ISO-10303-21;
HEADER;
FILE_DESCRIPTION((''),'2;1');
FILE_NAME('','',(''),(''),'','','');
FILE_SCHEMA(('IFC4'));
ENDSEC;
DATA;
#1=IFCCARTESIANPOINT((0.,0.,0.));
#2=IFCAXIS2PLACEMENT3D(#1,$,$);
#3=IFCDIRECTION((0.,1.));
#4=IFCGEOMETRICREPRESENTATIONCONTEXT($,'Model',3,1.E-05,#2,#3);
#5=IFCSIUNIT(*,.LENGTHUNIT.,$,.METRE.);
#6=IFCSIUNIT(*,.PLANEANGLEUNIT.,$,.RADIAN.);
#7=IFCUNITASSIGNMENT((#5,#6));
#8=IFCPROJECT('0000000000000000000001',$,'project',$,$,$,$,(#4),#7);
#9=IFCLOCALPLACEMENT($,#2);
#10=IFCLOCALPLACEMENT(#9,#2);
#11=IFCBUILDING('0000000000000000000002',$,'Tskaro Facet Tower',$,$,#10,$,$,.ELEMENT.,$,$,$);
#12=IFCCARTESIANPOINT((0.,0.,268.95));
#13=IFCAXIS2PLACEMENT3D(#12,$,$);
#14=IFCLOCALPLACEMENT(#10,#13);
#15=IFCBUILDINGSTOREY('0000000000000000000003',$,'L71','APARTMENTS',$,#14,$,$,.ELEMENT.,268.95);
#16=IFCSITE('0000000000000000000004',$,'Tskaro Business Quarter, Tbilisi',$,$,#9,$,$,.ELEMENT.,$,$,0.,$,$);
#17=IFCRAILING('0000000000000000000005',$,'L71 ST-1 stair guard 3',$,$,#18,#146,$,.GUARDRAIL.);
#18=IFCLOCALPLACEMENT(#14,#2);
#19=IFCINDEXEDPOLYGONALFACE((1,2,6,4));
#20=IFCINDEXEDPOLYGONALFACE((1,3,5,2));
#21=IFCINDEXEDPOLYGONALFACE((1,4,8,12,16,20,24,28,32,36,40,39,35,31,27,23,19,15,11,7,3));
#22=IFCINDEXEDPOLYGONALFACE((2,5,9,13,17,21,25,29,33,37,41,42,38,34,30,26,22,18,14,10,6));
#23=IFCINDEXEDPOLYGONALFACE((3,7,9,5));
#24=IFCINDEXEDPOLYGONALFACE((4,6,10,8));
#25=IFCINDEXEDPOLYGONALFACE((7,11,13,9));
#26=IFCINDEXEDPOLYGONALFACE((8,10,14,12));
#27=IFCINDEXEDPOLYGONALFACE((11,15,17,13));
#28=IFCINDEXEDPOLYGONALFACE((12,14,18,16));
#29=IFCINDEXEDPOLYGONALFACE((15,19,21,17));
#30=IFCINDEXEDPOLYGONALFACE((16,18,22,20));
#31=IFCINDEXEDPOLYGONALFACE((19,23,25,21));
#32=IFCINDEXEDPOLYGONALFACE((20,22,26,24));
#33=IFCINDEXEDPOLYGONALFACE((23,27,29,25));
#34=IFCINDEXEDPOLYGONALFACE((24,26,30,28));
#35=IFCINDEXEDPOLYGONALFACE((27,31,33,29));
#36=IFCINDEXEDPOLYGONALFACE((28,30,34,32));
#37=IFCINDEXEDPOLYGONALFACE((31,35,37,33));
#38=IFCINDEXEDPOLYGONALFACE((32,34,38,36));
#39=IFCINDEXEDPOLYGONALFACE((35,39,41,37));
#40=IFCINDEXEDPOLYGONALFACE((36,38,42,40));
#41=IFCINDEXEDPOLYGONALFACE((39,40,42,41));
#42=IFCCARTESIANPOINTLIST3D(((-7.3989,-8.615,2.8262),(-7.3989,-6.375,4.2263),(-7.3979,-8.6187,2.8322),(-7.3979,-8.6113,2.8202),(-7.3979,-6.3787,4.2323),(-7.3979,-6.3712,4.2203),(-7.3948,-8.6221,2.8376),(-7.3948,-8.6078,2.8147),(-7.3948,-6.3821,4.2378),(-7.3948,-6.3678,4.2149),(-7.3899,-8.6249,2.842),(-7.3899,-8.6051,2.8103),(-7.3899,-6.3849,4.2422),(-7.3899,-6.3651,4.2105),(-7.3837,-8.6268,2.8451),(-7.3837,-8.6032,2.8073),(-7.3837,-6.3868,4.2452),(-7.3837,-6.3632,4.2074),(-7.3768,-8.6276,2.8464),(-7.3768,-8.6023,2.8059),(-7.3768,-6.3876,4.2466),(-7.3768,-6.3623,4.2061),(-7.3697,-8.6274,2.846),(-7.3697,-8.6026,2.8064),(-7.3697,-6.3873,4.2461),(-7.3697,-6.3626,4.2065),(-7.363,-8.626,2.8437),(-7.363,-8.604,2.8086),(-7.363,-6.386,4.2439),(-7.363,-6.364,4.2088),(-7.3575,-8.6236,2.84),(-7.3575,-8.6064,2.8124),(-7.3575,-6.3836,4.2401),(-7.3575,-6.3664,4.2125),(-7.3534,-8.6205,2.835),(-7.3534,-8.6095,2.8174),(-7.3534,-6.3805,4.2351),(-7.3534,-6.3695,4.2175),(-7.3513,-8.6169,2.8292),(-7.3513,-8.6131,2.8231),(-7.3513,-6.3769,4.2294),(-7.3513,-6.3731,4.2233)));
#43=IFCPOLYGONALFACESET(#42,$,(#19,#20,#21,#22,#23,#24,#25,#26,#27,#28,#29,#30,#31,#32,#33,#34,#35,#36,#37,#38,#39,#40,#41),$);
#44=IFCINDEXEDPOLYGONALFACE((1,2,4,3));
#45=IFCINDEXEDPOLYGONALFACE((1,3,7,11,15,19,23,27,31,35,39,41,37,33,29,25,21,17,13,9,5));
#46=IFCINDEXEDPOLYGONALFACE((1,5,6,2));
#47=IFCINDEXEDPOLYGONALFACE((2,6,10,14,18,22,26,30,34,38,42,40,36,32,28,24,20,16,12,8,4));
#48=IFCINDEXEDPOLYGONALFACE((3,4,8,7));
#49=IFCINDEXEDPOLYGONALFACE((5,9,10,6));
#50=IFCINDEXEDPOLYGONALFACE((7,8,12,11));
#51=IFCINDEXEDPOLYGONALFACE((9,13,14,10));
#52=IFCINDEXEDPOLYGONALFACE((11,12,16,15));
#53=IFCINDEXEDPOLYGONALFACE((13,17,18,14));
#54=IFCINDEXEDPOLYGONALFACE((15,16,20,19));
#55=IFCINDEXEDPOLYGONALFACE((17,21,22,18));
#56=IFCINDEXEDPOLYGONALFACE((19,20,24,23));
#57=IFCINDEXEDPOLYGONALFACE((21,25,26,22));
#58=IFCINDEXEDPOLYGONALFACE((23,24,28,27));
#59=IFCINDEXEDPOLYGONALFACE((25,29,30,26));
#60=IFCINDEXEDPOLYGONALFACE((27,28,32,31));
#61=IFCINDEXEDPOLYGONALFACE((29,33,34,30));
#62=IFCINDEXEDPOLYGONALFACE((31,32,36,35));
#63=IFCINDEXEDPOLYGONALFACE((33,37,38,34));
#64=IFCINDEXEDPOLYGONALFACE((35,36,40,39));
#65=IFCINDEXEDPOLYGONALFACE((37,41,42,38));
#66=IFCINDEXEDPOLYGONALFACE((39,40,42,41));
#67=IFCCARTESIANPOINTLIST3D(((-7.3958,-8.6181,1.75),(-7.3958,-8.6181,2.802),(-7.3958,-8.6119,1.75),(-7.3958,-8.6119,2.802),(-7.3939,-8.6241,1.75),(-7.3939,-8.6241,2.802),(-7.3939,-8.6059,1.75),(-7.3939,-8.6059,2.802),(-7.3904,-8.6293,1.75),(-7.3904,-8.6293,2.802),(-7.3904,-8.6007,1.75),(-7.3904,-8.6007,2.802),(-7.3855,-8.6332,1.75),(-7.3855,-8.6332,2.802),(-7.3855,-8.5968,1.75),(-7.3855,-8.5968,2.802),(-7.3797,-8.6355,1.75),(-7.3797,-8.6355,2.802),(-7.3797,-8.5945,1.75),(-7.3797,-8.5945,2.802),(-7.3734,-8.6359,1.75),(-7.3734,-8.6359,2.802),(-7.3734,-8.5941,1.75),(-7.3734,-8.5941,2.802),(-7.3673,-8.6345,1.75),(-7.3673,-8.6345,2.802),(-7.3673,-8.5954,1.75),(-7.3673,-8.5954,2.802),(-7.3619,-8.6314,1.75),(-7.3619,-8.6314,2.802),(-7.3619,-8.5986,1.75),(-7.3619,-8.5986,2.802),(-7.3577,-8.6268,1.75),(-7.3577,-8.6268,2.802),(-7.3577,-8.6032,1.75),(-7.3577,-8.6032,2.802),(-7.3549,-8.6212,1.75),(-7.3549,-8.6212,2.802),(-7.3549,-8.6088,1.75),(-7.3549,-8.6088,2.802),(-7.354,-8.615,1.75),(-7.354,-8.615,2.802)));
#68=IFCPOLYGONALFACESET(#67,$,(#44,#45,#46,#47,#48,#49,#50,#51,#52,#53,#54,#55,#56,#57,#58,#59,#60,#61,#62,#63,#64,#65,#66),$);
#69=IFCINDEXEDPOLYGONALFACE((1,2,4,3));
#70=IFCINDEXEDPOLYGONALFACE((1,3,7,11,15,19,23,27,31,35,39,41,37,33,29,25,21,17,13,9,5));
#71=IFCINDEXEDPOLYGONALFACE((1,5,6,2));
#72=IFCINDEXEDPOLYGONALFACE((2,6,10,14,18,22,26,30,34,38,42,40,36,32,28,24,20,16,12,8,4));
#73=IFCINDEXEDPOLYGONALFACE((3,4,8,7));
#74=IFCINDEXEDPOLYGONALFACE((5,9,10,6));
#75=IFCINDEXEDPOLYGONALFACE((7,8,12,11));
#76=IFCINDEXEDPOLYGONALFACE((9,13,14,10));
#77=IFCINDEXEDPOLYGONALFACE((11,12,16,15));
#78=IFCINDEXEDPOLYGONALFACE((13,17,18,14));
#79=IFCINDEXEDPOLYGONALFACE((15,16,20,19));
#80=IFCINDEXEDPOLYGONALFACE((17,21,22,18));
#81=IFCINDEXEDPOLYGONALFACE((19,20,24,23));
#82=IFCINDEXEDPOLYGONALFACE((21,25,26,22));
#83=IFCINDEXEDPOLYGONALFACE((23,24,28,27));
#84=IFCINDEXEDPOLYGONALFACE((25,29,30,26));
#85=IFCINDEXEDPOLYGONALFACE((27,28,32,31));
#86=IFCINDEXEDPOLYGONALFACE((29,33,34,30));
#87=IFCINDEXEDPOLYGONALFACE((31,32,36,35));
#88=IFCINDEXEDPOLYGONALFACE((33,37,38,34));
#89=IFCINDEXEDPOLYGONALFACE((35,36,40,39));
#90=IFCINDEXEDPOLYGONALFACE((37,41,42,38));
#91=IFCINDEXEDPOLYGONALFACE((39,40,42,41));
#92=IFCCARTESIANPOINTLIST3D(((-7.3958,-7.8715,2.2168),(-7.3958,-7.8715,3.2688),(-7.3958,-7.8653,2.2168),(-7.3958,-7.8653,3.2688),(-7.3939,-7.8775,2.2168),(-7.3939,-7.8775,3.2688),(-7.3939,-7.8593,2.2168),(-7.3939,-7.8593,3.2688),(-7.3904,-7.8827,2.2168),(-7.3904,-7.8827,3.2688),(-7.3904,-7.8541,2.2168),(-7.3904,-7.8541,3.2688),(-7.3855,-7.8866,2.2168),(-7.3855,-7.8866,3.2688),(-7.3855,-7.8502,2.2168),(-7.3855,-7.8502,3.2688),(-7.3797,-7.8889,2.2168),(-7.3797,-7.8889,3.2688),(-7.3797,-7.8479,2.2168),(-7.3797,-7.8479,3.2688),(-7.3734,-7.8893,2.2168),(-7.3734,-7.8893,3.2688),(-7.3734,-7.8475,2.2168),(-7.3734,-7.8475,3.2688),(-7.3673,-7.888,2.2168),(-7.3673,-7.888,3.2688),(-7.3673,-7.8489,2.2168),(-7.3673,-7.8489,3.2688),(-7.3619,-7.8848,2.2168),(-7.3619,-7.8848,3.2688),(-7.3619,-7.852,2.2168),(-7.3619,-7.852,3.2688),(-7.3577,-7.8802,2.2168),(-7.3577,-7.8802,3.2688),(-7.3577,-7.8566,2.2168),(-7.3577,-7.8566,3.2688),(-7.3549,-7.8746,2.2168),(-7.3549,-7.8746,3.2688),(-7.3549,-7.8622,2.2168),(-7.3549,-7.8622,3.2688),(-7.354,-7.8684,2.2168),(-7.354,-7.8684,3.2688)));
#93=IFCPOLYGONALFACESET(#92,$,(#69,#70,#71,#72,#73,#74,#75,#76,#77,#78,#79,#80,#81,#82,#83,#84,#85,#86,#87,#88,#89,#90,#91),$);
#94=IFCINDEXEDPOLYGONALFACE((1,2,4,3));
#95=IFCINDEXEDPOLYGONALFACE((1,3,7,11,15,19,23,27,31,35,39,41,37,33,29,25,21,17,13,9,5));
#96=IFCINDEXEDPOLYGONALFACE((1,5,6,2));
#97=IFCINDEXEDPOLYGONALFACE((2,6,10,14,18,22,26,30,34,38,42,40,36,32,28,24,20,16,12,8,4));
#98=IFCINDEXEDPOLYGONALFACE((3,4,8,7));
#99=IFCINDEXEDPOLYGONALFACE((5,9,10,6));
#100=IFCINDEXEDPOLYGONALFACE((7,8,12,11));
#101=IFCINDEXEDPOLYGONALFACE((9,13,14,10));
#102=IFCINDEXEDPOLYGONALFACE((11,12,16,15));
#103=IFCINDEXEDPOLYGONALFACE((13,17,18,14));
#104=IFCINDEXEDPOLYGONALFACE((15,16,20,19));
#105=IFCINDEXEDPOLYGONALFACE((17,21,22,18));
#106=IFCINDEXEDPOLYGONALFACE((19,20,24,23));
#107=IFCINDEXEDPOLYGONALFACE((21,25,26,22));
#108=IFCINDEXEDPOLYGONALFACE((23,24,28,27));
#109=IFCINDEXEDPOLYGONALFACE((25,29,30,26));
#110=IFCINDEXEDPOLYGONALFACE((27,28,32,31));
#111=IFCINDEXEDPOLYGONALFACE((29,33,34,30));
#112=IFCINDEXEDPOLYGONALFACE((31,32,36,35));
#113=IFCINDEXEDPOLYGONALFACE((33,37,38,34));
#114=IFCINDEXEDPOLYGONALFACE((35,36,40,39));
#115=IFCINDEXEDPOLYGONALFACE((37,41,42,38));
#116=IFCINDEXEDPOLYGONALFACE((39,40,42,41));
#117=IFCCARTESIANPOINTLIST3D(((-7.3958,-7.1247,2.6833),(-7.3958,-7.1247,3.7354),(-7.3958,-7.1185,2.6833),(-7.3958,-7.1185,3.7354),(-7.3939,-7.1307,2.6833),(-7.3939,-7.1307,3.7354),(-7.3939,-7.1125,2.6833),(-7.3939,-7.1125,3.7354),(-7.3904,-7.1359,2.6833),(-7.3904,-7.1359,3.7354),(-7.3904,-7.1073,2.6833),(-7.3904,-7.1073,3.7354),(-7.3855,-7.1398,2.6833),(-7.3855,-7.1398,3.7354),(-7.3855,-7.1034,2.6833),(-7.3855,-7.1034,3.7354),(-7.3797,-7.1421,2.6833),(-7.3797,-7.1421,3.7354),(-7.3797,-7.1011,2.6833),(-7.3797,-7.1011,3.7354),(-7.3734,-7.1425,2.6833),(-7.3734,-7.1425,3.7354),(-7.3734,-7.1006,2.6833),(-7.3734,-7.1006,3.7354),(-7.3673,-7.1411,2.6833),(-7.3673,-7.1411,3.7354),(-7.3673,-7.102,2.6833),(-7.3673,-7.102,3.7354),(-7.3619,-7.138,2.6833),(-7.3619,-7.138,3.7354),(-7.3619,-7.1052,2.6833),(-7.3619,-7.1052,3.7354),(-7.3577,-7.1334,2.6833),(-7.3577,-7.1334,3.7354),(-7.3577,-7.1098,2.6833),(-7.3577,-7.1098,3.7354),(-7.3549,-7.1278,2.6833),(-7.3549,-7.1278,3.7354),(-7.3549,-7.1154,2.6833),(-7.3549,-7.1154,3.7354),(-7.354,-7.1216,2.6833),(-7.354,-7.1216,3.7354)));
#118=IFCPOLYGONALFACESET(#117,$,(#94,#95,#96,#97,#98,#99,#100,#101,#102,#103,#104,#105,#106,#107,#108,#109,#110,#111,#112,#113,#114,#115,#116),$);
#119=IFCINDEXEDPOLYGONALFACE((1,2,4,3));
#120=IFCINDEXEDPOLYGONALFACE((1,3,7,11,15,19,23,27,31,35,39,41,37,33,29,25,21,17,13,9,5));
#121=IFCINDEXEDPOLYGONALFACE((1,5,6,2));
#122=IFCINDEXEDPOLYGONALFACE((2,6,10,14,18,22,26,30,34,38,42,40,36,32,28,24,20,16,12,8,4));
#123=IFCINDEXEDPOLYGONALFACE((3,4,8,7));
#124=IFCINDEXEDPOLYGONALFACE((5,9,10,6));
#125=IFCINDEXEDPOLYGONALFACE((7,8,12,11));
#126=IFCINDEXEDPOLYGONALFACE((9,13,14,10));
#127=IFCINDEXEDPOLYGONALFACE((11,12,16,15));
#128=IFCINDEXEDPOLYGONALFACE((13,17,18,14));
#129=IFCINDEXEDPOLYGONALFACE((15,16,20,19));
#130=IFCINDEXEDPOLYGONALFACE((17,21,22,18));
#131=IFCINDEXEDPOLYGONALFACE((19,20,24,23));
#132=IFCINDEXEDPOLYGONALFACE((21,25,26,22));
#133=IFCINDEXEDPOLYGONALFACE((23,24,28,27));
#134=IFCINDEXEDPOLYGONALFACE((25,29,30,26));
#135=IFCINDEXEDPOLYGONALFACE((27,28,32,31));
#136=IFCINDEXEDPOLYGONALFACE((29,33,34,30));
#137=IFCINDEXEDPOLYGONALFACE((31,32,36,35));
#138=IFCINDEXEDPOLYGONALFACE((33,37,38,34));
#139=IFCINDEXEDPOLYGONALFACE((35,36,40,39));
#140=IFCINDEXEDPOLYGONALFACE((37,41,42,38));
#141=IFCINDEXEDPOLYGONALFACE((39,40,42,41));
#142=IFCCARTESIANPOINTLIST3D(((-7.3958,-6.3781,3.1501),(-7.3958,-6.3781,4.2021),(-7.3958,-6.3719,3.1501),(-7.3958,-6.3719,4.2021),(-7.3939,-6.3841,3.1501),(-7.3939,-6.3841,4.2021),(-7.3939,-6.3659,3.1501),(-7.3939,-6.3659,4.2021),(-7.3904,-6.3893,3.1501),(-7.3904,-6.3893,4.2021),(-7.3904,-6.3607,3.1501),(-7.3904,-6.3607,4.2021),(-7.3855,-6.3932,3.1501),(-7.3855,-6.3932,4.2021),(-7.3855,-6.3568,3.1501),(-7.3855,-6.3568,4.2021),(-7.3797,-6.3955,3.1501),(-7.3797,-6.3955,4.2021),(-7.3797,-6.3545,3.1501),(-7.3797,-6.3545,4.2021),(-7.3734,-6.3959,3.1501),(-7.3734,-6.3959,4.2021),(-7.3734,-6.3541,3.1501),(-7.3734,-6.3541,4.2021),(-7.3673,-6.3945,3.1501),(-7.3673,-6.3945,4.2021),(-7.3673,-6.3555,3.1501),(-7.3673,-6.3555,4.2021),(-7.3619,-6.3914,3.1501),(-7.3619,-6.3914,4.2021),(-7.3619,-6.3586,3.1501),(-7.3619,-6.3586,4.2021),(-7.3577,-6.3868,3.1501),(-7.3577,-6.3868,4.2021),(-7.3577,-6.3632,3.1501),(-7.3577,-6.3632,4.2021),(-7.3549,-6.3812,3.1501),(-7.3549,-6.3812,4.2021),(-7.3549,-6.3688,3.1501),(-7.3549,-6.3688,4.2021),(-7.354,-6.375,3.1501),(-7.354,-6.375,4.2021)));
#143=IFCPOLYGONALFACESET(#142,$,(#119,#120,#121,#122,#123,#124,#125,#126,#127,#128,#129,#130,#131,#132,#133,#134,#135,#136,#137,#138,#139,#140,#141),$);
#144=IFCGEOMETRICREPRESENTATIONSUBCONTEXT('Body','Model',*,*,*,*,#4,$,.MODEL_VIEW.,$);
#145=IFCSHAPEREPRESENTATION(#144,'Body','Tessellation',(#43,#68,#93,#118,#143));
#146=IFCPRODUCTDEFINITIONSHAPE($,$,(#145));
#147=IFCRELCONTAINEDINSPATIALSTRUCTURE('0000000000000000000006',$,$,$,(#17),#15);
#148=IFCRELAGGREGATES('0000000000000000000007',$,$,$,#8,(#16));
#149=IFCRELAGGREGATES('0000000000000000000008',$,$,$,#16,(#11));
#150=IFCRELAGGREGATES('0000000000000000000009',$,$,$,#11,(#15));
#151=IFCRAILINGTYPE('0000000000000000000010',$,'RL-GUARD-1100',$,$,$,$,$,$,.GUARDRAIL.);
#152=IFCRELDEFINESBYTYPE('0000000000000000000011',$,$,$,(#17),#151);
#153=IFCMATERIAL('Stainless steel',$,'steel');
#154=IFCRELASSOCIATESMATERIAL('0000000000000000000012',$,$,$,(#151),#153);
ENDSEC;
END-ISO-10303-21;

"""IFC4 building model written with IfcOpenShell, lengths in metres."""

from ifc_helpers import new_model, si_unit, direction, frame, origin, origin_2d, place, context, subcontext, project, spatial, circle, extrude, material, type_object, element, save


model = new_model("IFC4")

# Units and contexts
model_context = context("Model", 3, precision=1e-05, world=origin(), true_north=direction((0.0, 1.0)))
body_context = subcontext(model_context, "Body", "Model", "MODEL_VIEW")
ifc_project = project(units=[si_unit("LENGTHUNIT", "METRE"), si_unit("PLANEANGLEUNIT", "RADIAN")], contexts=[model_context])

# Site, building, storey
site_placement = place(None, origin())
site = spatial("IfcSite", under=ifc_project, at=site_placement, Name="Tskaro Business Quarter, Tbilisi", CompositionType="ELEMENT", RefElevation=0.0)
building_placement = place(site_placement, origin())
building = spatial("IfcBuilding", under=site, at=building_placement, Name="Tskaro Facet Tower", CompositionType="ELEMENT")
storey_placement = place(building_placement, frame((0.0, 0.0, 268.95)))
storey = spatial("IfcBuildingStorey", under=building, at=storey_placement, Name="L71", Description="APARTMENTS", CompositionType="ELEMENT", Elevation=268.95)

# Shared definitions
ifc_material_1 = material(Name="Stainless steel", Category="steel")

# Railing
railing_type_1 = type_object("IfcRailingType", Name="RL-GUARD-1100", PredefinedType="GUARDRAIL", material=ifc_material_1)
railing_1_placement = place(storey_placement, frame((-7.375, -8.615, 1.75)))
element("IfcRailing", 1, at=railing_1_placement, inside=storey, type_object=railing_type_1, Name="L71 ST-1 stair guard 3", PredefinedType="GUARDRAIL", context=body_context, shape_type="SweptSolid", body=[
    extrude(circle(Radius=0.0239, at=origin_2d()), frame((0.0, 0.0, 1.0762), z_axis=(0.0, 0.847972, 0.53004), x_axis=(-1.0, 0.0, 0.0)), (0.0, 0.0, 1.0), 2.6416),
    extrude(circle(Radius=0.021, at=origin_2d()), origin(), (0.0, 0.0, 1.0), 1.052),
    extrude(circle(Radius=0.021, at=origin_2d()), frame((0.0, 0.7466, 0.4668)), (0.0, 0.0, 1.0), 1.052),
    extrude(circle(Radius=0.021, at=origin_2d()), frame((0.0, 1.4934, 0.9333)), (0.0, 0.0, 1.0), 1.052),
    extrude(circle(Radius=0.021, at=origin_2d()), frame((0.0, 2.24, 1.4001)), (0.0, 0.0, 1.0), 1.052),
])

save(model, "model.ifc")
